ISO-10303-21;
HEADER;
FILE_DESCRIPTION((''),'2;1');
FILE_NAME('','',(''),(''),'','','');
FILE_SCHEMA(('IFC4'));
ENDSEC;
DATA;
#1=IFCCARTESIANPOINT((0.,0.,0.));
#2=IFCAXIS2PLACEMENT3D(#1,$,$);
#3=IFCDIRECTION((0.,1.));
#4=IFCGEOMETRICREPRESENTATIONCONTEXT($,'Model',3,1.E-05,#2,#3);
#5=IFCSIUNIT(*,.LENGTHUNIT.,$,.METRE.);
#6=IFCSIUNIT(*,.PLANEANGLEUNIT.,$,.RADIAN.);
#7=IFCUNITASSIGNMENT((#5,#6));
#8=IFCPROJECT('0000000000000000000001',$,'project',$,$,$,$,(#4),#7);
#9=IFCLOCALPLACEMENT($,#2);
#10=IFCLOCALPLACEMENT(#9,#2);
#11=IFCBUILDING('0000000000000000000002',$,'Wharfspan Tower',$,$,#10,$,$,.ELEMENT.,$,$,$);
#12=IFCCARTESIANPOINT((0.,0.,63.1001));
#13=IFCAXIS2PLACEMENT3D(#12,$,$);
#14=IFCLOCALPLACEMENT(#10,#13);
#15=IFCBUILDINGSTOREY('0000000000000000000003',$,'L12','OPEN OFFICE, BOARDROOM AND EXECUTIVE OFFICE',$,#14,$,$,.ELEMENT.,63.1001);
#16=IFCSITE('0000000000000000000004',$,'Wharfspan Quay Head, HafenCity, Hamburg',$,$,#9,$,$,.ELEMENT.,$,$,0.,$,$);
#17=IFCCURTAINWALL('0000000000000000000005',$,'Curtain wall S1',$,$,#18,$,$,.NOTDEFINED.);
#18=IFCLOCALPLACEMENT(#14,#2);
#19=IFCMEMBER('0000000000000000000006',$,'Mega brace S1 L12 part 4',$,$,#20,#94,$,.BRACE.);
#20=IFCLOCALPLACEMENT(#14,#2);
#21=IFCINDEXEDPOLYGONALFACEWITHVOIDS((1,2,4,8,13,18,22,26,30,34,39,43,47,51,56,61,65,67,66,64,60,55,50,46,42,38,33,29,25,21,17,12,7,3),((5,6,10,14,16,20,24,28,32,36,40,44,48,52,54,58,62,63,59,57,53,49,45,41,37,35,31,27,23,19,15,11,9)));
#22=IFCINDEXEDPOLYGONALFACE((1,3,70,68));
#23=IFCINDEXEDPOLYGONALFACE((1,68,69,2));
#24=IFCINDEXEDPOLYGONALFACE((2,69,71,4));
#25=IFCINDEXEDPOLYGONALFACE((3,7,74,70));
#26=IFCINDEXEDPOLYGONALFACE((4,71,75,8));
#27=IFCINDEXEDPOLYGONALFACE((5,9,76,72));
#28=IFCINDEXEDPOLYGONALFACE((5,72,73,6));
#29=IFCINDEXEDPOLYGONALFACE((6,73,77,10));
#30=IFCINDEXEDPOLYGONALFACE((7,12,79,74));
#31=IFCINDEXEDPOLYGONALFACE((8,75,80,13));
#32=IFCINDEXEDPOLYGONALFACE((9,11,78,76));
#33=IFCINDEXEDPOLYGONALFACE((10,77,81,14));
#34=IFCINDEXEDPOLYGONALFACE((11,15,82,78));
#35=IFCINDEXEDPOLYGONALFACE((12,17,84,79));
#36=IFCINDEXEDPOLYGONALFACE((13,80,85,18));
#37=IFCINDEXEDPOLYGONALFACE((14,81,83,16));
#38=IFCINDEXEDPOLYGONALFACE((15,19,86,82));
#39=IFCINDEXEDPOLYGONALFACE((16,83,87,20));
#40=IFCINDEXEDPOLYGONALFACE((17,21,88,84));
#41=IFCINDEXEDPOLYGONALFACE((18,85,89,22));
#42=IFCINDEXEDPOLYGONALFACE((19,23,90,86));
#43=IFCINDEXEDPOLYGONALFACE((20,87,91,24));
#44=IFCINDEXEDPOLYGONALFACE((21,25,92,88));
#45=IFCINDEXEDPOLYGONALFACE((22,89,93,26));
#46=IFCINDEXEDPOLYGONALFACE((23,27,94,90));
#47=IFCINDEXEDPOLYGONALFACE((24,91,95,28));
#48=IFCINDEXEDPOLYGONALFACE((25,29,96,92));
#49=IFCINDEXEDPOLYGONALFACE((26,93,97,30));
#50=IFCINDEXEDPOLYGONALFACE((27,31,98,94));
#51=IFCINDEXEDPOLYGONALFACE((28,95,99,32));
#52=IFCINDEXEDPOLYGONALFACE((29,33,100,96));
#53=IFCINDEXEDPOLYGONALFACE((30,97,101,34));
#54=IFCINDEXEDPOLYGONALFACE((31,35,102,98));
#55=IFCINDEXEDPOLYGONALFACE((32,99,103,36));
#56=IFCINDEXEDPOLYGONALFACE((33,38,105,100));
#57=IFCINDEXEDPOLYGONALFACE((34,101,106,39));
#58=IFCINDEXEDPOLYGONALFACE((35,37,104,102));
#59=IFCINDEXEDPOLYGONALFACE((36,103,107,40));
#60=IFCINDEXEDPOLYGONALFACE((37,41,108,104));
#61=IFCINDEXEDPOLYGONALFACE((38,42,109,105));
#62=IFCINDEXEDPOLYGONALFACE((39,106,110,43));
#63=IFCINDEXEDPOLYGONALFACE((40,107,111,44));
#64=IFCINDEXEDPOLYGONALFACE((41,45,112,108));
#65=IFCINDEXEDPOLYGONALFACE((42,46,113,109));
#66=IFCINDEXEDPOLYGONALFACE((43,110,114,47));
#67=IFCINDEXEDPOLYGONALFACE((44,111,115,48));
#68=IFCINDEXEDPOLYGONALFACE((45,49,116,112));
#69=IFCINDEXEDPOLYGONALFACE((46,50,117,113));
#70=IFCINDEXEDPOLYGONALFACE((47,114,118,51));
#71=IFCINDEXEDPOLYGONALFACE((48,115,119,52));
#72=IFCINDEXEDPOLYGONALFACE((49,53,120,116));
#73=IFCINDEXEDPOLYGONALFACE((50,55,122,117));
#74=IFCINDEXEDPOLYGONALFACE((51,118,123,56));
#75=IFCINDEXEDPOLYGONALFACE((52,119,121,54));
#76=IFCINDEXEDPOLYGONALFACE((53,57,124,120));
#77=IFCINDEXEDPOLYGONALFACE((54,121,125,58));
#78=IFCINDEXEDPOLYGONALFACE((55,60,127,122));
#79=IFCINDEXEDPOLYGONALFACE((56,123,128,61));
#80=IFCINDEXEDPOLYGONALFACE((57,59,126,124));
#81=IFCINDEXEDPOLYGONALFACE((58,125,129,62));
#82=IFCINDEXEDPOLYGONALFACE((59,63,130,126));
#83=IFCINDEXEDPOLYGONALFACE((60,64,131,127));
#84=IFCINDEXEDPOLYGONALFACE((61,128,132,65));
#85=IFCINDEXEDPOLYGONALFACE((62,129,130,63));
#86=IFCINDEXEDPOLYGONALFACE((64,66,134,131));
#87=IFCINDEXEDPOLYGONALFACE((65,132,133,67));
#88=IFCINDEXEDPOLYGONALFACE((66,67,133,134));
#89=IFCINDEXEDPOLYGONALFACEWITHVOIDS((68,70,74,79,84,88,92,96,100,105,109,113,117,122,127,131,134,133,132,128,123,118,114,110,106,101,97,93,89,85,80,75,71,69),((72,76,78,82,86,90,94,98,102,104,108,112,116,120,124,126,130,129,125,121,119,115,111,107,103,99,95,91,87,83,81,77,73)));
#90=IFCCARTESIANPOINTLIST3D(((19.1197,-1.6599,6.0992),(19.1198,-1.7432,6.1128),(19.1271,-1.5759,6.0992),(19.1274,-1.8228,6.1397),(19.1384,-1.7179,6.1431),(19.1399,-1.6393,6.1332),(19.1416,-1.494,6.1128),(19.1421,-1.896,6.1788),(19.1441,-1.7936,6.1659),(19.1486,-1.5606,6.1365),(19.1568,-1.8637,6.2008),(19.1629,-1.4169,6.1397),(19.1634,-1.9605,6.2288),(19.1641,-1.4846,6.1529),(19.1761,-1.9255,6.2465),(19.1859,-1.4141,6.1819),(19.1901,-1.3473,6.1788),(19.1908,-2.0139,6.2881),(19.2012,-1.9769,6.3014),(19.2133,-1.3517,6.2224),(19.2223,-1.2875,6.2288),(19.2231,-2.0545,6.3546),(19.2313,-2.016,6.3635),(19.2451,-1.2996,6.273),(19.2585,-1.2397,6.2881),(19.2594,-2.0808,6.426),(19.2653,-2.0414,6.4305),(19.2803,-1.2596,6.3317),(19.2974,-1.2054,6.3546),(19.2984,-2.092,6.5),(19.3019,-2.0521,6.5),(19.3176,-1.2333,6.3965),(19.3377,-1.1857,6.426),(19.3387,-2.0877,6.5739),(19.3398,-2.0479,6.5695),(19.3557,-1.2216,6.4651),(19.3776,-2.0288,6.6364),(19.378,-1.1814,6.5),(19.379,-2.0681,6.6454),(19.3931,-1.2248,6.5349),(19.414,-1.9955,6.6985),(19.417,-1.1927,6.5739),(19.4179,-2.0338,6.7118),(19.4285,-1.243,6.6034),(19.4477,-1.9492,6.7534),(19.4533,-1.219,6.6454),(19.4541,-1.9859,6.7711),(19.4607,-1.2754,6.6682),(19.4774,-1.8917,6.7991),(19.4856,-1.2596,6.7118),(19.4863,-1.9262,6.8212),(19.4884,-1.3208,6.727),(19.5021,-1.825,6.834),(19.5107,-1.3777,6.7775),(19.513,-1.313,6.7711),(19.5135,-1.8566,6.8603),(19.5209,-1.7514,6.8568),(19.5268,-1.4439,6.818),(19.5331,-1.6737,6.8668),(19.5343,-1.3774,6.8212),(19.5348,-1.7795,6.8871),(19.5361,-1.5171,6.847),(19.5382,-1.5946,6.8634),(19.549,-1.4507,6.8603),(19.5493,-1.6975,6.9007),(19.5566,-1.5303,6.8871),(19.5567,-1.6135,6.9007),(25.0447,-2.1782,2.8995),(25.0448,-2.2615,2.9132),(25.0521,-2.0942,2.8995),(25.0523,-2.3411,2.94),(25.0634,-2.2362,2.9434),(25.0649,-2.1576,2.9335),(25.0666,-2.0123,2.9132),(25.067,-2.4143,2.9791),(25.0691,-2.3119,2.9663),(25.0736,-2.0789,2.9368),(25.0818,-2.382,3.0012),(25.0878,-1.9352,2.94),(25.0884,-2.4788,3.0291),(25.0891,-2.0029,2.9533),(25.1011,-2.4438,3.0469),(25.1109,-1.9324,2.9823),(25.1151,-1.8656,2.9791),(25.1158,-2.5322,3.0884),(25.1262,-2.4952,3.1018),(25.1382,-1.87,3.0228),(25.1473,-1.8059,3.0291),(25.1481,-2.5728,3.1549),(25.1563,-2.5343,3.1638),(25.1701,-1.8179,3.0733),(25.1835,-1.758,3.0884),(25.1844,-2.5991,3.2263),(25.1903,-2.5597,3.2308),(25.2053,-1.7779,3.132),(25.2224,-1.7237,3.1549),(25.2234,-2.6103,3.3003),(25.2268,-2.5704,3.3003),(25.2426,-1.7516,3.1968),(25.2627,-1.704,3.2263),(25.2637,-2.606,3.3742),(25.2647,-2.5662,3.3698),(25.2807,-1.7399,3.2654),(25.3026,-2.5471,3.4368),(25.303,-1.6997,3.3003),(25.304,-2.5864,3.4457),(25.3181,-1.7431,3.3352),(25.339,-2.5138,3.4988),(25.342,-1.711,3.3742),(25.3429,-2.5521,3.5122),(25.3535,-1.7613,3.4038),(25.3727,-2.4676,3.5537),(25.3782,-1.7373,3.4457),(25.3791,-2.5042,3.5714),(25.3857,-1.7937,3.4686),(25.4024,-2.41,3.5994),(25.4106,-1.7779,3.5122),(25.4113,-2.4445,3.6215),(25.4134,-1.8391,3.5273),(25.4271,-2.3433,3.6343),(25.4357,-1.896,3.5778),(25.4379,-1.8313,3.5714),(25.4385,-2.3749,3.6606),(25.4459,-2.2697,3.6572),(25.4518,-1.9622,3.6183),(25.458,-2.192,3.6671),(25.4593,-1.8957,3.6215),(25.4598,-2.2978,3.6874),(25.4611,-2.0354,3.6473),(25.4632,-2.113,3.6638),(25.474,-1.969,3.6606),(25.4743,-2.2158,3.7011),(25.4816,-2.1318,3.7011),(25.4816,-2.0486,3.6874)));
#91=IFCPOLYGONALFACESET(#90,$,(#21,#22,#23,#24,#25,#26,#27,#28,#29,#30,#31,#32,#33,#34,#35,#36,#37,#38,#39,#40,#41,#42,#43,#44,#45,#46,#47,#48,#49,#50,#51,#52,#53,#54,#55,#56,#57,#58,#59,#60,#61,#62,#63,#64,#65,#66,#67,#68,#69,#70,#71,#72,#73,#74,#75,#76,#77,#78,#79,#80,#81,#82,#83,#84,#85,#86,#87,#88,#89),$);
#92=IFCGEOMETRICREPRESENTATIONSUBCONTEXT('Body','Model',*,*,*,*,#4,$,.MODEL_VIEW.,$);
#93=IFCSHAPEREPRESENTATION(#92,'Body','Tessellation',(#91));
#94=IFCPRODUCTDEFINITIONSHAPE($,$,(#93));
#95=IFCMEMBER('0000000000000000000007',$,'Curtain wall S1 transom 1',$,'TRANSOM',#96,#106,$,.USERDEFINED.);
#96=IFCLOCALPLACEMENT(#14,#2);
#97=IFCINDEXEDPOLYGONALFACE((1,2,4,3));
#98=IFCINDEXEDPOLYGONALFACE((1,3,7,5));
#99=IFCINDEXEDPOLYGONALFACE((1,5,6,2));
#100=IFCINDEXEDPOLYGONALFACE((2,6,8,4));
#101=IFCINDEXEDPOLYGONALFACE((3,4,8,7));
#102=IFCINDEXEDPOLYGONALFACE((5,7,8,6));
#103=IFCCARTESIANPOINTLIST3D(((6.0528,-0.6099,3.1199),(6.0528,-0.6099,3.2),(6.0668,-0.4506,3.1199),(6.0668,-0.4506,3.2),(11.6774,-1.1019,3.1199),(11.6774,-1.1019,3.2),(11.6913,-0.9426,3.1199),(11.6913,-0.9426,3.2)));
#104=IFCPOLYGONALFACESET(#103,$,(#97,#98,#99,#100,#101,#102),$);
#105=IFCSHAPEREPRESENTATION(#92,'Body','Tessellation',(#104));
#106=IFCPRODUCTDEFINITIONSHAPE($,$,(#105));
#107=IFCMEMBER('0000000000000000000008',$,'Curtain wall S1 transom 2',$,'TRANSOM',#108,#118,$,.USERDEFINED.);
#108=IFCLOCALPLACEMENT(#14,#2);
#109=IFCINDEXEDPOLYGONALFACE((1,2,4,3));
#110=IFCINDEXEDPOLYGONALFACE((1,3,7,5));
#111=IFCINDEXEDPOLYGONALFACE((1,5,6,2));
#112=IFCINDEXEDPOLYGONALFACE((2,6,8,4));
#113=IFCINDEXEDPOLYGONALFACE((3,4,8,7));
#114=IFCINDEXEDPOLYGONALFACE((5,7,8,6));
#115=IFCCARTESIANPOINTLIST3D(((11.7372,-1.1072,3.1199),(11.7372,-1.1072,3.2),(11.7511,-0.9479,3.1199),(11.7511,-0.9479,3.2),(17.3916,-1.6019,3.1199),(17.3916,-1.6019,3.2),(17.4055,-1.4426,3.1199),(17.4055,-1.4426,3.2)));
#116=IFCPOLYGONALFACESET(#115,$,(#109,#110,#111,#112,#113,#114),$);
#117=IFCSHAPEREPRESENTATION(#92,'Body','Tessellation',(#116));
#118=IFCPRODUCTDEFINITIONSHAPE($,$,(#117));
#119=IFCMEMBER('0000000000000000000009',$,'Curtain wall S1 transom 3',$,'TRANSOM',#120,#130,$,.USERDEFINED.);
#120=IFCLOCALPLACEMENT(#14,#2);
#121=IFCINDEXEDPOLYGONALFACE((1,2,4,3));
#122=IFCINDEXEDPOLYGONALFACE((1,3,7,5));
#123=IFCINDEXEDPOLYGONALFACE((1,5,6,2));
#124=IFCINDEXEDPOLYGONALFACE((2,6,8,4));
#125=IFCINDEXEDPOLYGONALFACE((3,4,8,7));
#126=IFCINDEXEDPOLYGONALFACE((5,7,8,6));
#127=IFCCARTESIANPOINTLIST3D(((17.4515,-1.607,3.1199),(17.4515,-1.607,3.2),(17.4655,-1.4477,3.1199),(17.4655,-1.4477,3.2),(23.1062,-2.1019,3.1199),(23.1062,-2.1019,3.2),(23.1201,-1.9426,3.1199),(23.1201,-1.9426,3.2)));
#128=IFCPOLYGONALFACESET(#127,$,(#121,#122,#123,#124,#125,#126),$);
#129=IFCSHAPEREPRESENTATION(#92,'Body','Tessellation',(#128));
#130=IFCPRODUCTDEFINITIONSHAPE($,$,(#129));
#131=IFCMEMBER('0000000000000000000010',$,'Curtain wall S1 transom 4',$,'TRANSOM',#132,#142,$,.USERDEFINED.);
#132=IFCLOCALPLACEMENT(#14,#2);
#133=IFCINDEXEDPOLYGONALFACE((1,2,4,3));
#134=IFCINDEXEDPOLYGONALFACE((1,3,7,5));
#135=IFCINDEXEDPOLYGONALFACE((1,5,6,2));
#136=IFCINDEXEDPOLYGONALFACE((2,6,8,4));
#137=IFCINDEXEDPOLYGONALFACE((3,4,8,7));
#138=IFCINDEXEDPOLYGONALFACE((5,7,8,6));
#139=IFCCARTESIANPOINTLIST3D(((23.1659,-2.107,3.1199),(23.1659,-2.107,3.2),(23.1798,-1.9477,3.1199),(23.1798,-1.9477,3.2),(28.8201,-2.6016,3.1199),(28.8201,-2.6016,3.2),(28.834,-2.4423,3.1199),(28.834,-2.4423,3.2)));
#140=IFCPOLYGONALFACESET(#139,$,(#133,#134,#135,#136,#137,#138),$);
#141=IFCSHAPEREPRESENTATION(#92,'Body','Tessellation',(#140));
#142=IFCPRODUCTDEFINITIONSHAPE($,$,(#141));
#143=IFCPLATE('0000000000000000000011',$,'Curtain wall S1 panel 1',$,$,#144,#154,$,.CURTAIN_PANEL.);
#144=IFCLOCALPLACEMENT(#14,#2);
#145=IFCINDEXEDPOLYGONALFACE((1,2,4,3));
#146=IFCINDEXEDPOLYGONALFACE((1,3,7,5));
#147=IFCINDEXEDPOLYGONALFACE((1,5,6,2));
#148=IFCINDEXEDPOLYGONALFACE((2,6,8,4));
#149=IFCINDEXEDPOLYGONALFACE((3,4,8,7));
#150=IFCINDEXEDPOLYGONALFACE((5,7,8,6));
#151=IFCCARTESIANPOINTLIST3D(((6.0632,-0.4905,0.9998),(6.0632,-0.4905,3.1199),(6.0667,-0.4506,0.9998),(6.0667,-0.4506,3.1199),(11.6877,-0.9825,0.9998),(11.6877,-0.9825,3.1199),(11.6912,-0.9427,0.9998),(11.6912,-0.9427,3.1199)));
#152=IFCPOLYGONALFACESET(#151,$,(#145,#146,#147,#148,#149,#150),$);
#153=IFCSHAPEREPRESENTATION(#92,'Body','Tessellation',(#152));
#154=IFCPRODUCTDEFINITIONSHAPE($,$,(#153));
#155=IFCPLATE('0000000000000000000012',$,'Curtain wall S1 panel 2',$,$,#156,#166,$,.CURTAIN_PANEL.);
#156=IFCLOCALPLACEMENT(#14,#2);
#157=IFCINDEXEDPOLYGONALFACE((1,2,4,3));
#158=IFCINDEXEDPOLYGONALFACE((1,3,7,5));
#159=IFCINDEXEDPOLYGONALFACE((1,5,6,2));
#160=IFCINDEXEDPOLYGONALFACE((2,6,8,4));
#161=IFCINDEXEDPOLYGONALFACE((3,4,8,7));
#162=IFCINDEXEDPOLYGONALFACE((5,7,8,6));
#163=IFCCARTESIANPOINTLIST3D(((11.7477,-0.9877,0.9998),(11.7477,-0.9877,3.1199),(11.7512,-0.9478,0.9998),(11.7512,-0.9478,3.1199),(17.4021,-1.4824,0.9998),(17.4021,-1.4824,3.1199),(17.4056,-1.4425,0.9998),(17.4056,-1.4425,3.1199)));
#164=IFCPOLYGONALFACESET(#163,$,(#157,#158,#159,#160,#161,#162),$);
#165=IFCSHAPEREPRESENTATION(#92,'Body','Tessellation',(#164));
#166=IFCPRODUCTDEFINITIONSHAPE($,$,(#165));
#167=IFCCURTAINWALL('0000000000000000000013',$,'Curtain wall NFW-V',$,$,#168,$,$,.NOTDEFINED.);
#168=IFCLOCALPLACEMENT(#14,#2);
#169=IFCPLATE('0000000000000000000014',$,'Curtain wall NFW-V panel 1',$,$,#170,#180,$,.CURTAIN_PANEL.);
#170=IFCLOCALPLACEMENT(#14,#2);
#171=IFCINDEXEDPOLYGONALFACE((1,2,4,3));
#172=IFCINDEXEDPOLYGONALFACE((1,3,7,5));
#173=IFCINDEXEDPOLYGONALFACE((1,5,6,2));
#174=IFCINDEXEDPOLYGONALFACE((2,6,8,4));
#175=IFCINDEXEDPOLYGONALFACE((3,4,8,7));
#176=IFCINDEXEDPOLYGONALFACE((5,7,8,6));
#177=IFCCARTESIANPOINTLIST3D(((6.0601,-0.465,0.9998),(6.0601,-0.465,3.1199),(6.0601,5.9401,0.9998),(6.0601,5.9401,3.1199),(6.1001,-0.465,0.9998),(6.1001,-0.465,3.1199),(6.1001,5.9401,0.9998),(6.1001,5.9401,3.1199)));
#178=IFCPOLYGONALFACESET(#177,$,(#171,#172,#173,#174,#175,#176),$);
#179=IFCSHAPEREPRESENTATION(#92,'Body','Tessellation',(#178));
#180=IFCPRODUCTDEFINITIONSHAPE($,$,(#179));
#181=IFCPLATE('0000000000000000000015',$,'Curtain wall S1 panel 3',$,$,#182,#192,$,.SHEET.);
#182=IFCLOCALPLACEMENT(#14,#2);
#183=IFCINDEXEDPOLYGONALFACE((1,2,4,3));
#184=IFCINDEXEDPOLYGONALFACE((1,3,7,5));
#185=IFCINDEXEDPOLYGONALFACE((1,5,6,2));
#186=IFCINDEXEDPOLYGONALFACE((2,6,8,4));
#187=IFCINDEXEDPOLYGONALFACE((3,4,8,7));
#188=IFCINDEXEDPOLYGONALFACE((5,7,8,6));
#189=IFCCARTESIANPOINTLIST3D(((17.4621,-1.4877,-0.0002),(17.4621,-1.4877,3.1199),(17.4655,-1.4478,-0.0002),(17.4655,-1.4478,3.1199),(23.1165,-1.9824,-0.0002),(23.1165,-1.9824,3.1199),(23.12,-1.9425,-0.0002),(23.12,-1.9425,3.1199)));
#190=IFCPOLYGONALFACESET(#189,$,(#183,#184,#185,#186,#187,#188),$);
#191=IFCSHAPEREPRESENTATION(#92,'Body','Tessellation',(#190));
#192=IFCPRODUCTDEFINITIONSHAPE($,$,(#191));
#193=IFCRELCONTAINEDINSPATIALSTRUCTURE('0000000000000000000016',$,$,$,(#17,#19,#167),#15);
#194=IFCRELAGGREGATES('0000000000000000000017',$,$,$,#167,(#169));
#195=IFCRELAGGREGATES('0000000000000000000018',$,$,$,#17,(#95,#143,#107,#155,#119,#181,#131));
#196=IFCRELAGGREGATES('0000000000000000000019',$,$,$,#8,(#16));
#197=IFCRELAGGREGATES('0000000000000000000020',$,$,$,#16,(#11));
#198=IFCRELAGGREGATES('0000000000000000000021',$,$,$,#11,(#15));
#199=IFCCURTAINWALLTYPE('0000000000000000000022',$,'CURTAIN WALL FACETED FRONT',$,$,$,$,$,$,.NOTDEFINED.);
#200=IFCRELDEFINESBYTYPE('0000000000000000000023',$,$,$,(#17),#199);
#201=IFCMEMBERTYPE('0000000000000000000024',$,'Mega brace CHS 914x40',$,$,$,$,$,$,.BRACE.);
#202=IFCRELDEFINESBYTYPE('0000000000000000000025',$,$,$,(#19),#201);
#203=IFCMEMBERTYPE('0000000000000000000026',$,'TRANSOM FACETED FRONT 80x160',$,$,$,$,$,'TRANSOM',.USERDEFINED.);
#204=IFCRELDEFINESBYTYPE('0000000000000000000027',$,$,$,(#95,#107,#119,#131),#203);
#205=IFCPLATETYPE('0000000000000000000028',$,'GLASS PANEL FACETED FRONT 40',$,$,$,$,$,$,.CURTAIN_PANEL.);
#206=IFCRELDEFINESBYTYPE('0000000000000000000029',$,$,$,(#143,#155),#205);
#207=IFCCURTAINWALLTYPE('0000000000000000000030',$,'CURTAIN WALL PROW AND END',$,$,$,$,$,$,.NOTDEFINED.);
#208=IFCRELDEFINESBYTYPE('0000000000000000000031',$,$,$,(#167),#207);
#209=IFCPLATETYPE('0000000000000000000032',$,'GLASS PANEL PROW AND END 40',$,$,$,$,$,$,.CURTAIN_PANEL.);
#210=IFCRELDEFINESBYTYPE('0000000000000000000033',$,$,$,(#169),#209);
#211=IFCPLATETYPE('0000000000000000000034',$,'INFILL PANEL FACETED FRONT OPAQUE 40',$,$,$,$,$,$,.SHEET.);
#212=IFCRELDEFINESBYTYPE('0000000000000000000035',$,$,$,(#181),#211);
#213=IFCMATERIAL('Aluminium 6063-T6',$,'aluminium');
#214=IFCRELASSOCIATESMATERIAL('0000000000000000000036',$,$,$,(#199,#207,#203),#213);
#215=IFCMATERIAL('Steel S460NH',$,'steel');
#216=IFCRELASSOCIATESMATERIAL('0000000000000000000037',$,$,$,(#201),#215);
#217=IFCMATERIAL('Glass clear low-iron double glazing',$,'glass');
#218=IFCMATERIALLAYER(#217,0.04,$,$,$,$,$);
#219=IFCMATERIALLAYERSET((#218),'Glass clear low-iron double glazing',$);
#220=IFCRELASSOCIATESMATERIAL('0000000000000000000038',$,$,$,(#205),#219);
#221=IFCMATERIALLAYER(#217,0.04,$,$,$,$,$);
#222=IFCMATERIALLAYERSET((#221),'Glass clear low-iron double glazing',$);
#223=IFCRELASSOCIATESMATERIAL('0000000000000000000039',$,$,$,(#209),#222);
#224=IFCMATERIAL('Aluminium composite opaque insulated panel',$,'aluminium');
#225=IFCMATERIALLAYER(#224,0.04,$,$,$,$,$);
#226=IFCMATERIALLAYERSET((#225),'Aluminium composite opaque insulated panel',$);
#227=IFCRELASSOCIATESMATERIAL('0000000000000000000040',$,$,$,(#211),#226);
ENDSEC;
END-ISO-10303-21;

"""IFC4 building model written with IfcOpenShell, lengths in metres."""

from ifc_helpers import new_model, si_unit, direction, frame, origin, origin_2d, place, context, subcontext, project, spatial, rectangle, hollow_circle, extrude, material, layer, layer_set, material_profile, profile_set, type_object, element, aggregate, save


model = new_model("IFC4")

# Units and contexts
model_context = context("Model", 3, precision=1e-05, world=origin(), true_north=direction((0.0, 1.0)))
body_context = subcontext(model_context, "Body", "Model", "MODEL_VIEW")
ifc_project = project(units=[si_unit("LENGTHUNIT", "METRE"), si_unit("PLANEANGLEUNIT", "RADIAN")], contexts=[model_context])

# Site, building, storey
site_placement = place(None, origin())
site = spatial("IfcSite", under=ifc_project, at=site_placement, Name="Wharfspan Quay Head, HafenCity, Hamburg", CompositionType="ELEMENT", RefElevation=0.0)
building_placement = place(site_placement, origin())
building = spatial("IfcBuilding", under=site, at=building_placement, Name="Wharfspan Tower", CompositionType="ELEMENT")
storey_placement = place(building_placement, frame((0.0, 0.0, 63.1001)))
storey = spatial("IfcBuildingStorey", under=building, at=storey_placement, Name="L12", Description="OPEN OFFICE, BOARDROOM AND EXECUTIVE OFFICE", CompositionType="ELEMENT", Elevation=63.1001)

# Curtain wall
ifc_material_1 = material(Name="Aluminium 6063-T6", Category="aluminium")
curtain_wall_type_1 = type_object("IfcCurtainWallType", Name="CURTAIN WALL FACETED FRONT", PredefinedType="NOTDEFINED", material=ifc_material_1)
curtain_wall_1_placement = place(storey_placement, origin())
curtain_wall_1 = element("IfcCurtainWall", 1, at=curtain_wall_1_placement, inside=storey, type_object=curtain_wall_type_1, Name="Curtain wall S1", PredefinedType="NOTDEFINED")

# Members
ifc_material_2 = material(Name="Steel S460NH", Category="steel")
ifc_material_profile_1 = material_profile(ifc_material_2, hollow_circle(Radius=0.457, WallThickness=0.04, at=origin_2d()))
ifc_profile_set_1 = profile_set([ifc_material_profile_1], Name="Steel S460NH")
member_type_1 = type_object("IfcMemberType", Name="Mega brace CHS 914x40", PredefinedType="BRACE", material=ifc_profile_set_1)
member_1_placement = place(storey_placement, frame((25.2632, -2.155, 3.3003), z_axis=(-0.877299, 0.076744, 0.473768), x_axis=(-0.087145, -0.996198, 0.0)))
element("IfcMember", 2, at=member_1_placement, inside=storey, type_object=member_type_1, Name="Mega brace S1 L12 part 4", PredefinedType="BRACE", context=body_context, shape_type="SweptSolid", body=[
    extrude(hollow_circle(Radius=0.457, WallThickness=0.04, at=origin_2d()), origin(), (0.0, 0.0, 1.0), 6.7537),
])
ifc_material_profile_2 = material_profile(ifc_material_1, rectangle(XDim=0.1599, YDim=0.0801, at=origin_2d()))
ifc_profile_set_2 = profile_set([ifc_material_profile_2], Name="Aluminium 6063-T6")
member_type_2 = type_object("IfcMemberType", Name="TRANSOM FACETED FRONT 80x160", ElementType="TRANSOM", PredefinedType="USERDEFINED", material=ifc_profile_set_2)
member_2_placement = place(storey_placement, frame((6.0598, -0.5303, 3.1599), z_axis=(0.996197, -0.087132, 0.0), x_axis=(0.087132, 0.996197, 0.0)))
member_2 = element("IfcMember", 3, at=member_2_placement, type_object=member_type_2, Name="Curtain wall S1 transom 1", ObjectType="TRANSOM", PredefinedType="USERDEFINED", context=body_context, shape_type="SweptSolid", body=[
    extrude(rectangle(XDim=0.1599, YDim=0.0801, at=origin_2d()), origin(), (0.0, 0.0, 1.0), 5.646),
])
member_3_placement = place(storey_placement, frame((11.7441, -1.0276, 3.1599), z_axis=(0.996196, -0.087142, 0.0), x_axis=(0.087142, 0.996196, 0.0)))
member_3 = element("IfcMember", 4, at=member_3_placement, type_object=member_type_2, Name="Curtain wall S1 transom 2", ObjectType="TRANSOM", PredefinedType="USERDEFINED", context=body_context, shape_type="SweptSolid", body=[
    extrude(rectangle(XDim=0.1599, YDim=0.0801, at=origin_2d()), origin(), (0.0, 0.0, 1.0), 5.676),
])
member_4_placement = place(storey_placement, frame((17.4585, -1.5273, 3.1599), z_axis=(0.996192, -0.087185, 0.0), x_axis=(0.087185, 0.996192, 0.0)))
member_4 = element("IfcMember", 5, at=member_4_placement, type_object=member_type_2, Name="Curtain wall S1 transom 3", ObjectType="TRANSOM", PredefinedType="USERDEFINED", context=body_context, shape_type="SweptSolid", body=[
    extrude(rectangle(XDim=0.1599, YDim=0.0801, at=origin_2d()), origin(), (0.0, 0.0, 1.0), 5.6763),
])
member_5_placement = place(storey_placement, frame((23.1729, -2.0273, 3.1599), z_axis=(0.996196, -0.087146, 0.0), x_axis=(0.087146, 0.996196, 0.0)))
member_5 = element("IfcMember", 6, at=member_5_placement, type_object=member_type_2, Name="Curtain wall S1 transom 4", ObjectType="TRANSOM", PredefinedType="USERDEFINED", context=body_context, shape_type="SweptSolid", body=[
    extrude(rectangle(XDim=0.1599, YDim=0.0801, at=origin_2d()), origin(), (0.0, 0.0, 1.0), 5.6758),
])

# Plates
ifc_material_3 = material(Name="Glass clear low-iron double glazing", Category="glass")
ifc_layer_1 = layer(ifc_material_3, 0.04)
ifc_layer_set_1 = layer_set([ifc_layer_1], Name="Glass clear low-iron double glazing")
plate_type_1 = type_object("IfcPlateType", Name="GLASS PANEL FACETED FRONT 40", PredefinedType="CURTAIN_PANEL", material=ifc_layer_set_1)
plate_1_placement = place(storey_placement, frame((8.8772, -0.7166, 0.9998), z_axis=(0.0, 0.0, 1.0), x_axis=(0.996197, -0.087156, 0.0)))
plate_1 = element("IfcPlate", 7, at=plate_1_placement, type_object=plate_type_1, Name="Curtain wall S1 panel 1", PredefinedType="CURTAIN_PANEL", context=body_context, shape_type="SweptSolid", body=[
    extrude(rectangle(XDim=5.646, YDim=0.04, at=origin_2d()), origin(), (0.0, 0.0, 1.0), 2.1201),
])
plate_2_placement = place(storey_placement, frame((14.5767, -1.2151, 0.9998), z_axis=(0.0, 0.0, 1.0), x_axis=(0.996197, -0.087156, 0.0)))
plate_2 = element("IfcPlate", 8, at=plate_2_placement, type_object=plate_type_1, Name="Curtain wall S1 panel 2", PredefinedType="CURTAIN_PANEL", context=body_context, shape_type="SweptSolid", body=[
    extrude(rectangle(XDim=5.676, YDim=0.04, at=origin_2d()), origin(), (0.0, 0.0, 1.0), 2.1201),
])

# Curtain wall, plate
curtain_wall_type_2 = type_object("IfcCurtainWallType", Name="CURTAIN WALL PROW AND END", PredefinedType="NOTDEFINED", material=ifc_material_1)
curtain_wall_2_placement = place(storey_placement, origin())
curtain_wall_2 = element("IfcCurtainWall", 9, at=curtain_wall_2_placement, inside=storey, type_object=curtain_wall_type_2, Name="Curtain wall NFW-V", PredefinedType="NOTDEFINED")
ifc_layer_2 = layer(ifc_material_3, 0.04)
ifc_layer_set_2 = layer_set([ifc_layer_2], Name="Glass clear low-iron double glazing")
plate_type_2 = type_object("IfcPlateType", Name="GLASS PANEL PROW AND END 40", PredefinedType="CURTAIN_PANEL", material=ifc_layer_set_2)
plate_3_placement = place(storey_placement, frame((6.0801, 2.7375, 0.9998), z_axis=(0.0, 0.0, 1.0), x_axis=(0.0, -1.0, 0.0)))
plate_3 = element("IfcPlate", 10, at=plate_3_placement, type_object=plate_type_2, Name="Curtain wall NFW-V panel 1", PredefinedType="CURTAIN_PANEL", context=body_context, shape_type="SweptSolid", body=[
    extrude(rectangle(XDim=6.405, YDim=0.04, at=origin_2d()), origin(), (0.0, 0.0, 1.0), 2.1201),
])
aggregate(curtain_wall_2, [plate_3])

# Plate
ifc_material_4 = material(Name="Aluminium composite opaque insulated panel", Category="aluminium")
ifc_layer_3 = layer(ifc_material_4, 0.04)
ifc_layer_set_3 = layer_set([ifc_layer_3], Name="Aluminium composite opaque insulated panel")
plate_type_3 = type_object("IfcPlateType", Name="INFILL PANEL FACETED FRONT OPAQUE 40", PredefinedType="SHEET", material=ifc_layer_set_3)
plate_4_placement = place(storey_placement, frame((20.291, -1.7151, -0.0002), z_axis=(0.0, 0.0, 1.0), x_axis=(0.996197, -0.087156, 0.0)))
plate_4 = element("IfcPlate", 11, at=plate_4_placement, type_object=plate_type_3, Name="Curtain wall S1 panel 3", PredefinedType="SHEET", context=body_context, shape_type="SweptSolid", body=[
    extrude(rectangle(XDim=5.676, YDim=0.04, at=origin_2d()), origin(), (0.0, 0.0, 1.0), 3.1201),
])
aggregate(curtain_wall_1, [member_2, plate_1, member_3, plate_2, member_4, plate_4, member_5])

save(model, "model.ifc")
